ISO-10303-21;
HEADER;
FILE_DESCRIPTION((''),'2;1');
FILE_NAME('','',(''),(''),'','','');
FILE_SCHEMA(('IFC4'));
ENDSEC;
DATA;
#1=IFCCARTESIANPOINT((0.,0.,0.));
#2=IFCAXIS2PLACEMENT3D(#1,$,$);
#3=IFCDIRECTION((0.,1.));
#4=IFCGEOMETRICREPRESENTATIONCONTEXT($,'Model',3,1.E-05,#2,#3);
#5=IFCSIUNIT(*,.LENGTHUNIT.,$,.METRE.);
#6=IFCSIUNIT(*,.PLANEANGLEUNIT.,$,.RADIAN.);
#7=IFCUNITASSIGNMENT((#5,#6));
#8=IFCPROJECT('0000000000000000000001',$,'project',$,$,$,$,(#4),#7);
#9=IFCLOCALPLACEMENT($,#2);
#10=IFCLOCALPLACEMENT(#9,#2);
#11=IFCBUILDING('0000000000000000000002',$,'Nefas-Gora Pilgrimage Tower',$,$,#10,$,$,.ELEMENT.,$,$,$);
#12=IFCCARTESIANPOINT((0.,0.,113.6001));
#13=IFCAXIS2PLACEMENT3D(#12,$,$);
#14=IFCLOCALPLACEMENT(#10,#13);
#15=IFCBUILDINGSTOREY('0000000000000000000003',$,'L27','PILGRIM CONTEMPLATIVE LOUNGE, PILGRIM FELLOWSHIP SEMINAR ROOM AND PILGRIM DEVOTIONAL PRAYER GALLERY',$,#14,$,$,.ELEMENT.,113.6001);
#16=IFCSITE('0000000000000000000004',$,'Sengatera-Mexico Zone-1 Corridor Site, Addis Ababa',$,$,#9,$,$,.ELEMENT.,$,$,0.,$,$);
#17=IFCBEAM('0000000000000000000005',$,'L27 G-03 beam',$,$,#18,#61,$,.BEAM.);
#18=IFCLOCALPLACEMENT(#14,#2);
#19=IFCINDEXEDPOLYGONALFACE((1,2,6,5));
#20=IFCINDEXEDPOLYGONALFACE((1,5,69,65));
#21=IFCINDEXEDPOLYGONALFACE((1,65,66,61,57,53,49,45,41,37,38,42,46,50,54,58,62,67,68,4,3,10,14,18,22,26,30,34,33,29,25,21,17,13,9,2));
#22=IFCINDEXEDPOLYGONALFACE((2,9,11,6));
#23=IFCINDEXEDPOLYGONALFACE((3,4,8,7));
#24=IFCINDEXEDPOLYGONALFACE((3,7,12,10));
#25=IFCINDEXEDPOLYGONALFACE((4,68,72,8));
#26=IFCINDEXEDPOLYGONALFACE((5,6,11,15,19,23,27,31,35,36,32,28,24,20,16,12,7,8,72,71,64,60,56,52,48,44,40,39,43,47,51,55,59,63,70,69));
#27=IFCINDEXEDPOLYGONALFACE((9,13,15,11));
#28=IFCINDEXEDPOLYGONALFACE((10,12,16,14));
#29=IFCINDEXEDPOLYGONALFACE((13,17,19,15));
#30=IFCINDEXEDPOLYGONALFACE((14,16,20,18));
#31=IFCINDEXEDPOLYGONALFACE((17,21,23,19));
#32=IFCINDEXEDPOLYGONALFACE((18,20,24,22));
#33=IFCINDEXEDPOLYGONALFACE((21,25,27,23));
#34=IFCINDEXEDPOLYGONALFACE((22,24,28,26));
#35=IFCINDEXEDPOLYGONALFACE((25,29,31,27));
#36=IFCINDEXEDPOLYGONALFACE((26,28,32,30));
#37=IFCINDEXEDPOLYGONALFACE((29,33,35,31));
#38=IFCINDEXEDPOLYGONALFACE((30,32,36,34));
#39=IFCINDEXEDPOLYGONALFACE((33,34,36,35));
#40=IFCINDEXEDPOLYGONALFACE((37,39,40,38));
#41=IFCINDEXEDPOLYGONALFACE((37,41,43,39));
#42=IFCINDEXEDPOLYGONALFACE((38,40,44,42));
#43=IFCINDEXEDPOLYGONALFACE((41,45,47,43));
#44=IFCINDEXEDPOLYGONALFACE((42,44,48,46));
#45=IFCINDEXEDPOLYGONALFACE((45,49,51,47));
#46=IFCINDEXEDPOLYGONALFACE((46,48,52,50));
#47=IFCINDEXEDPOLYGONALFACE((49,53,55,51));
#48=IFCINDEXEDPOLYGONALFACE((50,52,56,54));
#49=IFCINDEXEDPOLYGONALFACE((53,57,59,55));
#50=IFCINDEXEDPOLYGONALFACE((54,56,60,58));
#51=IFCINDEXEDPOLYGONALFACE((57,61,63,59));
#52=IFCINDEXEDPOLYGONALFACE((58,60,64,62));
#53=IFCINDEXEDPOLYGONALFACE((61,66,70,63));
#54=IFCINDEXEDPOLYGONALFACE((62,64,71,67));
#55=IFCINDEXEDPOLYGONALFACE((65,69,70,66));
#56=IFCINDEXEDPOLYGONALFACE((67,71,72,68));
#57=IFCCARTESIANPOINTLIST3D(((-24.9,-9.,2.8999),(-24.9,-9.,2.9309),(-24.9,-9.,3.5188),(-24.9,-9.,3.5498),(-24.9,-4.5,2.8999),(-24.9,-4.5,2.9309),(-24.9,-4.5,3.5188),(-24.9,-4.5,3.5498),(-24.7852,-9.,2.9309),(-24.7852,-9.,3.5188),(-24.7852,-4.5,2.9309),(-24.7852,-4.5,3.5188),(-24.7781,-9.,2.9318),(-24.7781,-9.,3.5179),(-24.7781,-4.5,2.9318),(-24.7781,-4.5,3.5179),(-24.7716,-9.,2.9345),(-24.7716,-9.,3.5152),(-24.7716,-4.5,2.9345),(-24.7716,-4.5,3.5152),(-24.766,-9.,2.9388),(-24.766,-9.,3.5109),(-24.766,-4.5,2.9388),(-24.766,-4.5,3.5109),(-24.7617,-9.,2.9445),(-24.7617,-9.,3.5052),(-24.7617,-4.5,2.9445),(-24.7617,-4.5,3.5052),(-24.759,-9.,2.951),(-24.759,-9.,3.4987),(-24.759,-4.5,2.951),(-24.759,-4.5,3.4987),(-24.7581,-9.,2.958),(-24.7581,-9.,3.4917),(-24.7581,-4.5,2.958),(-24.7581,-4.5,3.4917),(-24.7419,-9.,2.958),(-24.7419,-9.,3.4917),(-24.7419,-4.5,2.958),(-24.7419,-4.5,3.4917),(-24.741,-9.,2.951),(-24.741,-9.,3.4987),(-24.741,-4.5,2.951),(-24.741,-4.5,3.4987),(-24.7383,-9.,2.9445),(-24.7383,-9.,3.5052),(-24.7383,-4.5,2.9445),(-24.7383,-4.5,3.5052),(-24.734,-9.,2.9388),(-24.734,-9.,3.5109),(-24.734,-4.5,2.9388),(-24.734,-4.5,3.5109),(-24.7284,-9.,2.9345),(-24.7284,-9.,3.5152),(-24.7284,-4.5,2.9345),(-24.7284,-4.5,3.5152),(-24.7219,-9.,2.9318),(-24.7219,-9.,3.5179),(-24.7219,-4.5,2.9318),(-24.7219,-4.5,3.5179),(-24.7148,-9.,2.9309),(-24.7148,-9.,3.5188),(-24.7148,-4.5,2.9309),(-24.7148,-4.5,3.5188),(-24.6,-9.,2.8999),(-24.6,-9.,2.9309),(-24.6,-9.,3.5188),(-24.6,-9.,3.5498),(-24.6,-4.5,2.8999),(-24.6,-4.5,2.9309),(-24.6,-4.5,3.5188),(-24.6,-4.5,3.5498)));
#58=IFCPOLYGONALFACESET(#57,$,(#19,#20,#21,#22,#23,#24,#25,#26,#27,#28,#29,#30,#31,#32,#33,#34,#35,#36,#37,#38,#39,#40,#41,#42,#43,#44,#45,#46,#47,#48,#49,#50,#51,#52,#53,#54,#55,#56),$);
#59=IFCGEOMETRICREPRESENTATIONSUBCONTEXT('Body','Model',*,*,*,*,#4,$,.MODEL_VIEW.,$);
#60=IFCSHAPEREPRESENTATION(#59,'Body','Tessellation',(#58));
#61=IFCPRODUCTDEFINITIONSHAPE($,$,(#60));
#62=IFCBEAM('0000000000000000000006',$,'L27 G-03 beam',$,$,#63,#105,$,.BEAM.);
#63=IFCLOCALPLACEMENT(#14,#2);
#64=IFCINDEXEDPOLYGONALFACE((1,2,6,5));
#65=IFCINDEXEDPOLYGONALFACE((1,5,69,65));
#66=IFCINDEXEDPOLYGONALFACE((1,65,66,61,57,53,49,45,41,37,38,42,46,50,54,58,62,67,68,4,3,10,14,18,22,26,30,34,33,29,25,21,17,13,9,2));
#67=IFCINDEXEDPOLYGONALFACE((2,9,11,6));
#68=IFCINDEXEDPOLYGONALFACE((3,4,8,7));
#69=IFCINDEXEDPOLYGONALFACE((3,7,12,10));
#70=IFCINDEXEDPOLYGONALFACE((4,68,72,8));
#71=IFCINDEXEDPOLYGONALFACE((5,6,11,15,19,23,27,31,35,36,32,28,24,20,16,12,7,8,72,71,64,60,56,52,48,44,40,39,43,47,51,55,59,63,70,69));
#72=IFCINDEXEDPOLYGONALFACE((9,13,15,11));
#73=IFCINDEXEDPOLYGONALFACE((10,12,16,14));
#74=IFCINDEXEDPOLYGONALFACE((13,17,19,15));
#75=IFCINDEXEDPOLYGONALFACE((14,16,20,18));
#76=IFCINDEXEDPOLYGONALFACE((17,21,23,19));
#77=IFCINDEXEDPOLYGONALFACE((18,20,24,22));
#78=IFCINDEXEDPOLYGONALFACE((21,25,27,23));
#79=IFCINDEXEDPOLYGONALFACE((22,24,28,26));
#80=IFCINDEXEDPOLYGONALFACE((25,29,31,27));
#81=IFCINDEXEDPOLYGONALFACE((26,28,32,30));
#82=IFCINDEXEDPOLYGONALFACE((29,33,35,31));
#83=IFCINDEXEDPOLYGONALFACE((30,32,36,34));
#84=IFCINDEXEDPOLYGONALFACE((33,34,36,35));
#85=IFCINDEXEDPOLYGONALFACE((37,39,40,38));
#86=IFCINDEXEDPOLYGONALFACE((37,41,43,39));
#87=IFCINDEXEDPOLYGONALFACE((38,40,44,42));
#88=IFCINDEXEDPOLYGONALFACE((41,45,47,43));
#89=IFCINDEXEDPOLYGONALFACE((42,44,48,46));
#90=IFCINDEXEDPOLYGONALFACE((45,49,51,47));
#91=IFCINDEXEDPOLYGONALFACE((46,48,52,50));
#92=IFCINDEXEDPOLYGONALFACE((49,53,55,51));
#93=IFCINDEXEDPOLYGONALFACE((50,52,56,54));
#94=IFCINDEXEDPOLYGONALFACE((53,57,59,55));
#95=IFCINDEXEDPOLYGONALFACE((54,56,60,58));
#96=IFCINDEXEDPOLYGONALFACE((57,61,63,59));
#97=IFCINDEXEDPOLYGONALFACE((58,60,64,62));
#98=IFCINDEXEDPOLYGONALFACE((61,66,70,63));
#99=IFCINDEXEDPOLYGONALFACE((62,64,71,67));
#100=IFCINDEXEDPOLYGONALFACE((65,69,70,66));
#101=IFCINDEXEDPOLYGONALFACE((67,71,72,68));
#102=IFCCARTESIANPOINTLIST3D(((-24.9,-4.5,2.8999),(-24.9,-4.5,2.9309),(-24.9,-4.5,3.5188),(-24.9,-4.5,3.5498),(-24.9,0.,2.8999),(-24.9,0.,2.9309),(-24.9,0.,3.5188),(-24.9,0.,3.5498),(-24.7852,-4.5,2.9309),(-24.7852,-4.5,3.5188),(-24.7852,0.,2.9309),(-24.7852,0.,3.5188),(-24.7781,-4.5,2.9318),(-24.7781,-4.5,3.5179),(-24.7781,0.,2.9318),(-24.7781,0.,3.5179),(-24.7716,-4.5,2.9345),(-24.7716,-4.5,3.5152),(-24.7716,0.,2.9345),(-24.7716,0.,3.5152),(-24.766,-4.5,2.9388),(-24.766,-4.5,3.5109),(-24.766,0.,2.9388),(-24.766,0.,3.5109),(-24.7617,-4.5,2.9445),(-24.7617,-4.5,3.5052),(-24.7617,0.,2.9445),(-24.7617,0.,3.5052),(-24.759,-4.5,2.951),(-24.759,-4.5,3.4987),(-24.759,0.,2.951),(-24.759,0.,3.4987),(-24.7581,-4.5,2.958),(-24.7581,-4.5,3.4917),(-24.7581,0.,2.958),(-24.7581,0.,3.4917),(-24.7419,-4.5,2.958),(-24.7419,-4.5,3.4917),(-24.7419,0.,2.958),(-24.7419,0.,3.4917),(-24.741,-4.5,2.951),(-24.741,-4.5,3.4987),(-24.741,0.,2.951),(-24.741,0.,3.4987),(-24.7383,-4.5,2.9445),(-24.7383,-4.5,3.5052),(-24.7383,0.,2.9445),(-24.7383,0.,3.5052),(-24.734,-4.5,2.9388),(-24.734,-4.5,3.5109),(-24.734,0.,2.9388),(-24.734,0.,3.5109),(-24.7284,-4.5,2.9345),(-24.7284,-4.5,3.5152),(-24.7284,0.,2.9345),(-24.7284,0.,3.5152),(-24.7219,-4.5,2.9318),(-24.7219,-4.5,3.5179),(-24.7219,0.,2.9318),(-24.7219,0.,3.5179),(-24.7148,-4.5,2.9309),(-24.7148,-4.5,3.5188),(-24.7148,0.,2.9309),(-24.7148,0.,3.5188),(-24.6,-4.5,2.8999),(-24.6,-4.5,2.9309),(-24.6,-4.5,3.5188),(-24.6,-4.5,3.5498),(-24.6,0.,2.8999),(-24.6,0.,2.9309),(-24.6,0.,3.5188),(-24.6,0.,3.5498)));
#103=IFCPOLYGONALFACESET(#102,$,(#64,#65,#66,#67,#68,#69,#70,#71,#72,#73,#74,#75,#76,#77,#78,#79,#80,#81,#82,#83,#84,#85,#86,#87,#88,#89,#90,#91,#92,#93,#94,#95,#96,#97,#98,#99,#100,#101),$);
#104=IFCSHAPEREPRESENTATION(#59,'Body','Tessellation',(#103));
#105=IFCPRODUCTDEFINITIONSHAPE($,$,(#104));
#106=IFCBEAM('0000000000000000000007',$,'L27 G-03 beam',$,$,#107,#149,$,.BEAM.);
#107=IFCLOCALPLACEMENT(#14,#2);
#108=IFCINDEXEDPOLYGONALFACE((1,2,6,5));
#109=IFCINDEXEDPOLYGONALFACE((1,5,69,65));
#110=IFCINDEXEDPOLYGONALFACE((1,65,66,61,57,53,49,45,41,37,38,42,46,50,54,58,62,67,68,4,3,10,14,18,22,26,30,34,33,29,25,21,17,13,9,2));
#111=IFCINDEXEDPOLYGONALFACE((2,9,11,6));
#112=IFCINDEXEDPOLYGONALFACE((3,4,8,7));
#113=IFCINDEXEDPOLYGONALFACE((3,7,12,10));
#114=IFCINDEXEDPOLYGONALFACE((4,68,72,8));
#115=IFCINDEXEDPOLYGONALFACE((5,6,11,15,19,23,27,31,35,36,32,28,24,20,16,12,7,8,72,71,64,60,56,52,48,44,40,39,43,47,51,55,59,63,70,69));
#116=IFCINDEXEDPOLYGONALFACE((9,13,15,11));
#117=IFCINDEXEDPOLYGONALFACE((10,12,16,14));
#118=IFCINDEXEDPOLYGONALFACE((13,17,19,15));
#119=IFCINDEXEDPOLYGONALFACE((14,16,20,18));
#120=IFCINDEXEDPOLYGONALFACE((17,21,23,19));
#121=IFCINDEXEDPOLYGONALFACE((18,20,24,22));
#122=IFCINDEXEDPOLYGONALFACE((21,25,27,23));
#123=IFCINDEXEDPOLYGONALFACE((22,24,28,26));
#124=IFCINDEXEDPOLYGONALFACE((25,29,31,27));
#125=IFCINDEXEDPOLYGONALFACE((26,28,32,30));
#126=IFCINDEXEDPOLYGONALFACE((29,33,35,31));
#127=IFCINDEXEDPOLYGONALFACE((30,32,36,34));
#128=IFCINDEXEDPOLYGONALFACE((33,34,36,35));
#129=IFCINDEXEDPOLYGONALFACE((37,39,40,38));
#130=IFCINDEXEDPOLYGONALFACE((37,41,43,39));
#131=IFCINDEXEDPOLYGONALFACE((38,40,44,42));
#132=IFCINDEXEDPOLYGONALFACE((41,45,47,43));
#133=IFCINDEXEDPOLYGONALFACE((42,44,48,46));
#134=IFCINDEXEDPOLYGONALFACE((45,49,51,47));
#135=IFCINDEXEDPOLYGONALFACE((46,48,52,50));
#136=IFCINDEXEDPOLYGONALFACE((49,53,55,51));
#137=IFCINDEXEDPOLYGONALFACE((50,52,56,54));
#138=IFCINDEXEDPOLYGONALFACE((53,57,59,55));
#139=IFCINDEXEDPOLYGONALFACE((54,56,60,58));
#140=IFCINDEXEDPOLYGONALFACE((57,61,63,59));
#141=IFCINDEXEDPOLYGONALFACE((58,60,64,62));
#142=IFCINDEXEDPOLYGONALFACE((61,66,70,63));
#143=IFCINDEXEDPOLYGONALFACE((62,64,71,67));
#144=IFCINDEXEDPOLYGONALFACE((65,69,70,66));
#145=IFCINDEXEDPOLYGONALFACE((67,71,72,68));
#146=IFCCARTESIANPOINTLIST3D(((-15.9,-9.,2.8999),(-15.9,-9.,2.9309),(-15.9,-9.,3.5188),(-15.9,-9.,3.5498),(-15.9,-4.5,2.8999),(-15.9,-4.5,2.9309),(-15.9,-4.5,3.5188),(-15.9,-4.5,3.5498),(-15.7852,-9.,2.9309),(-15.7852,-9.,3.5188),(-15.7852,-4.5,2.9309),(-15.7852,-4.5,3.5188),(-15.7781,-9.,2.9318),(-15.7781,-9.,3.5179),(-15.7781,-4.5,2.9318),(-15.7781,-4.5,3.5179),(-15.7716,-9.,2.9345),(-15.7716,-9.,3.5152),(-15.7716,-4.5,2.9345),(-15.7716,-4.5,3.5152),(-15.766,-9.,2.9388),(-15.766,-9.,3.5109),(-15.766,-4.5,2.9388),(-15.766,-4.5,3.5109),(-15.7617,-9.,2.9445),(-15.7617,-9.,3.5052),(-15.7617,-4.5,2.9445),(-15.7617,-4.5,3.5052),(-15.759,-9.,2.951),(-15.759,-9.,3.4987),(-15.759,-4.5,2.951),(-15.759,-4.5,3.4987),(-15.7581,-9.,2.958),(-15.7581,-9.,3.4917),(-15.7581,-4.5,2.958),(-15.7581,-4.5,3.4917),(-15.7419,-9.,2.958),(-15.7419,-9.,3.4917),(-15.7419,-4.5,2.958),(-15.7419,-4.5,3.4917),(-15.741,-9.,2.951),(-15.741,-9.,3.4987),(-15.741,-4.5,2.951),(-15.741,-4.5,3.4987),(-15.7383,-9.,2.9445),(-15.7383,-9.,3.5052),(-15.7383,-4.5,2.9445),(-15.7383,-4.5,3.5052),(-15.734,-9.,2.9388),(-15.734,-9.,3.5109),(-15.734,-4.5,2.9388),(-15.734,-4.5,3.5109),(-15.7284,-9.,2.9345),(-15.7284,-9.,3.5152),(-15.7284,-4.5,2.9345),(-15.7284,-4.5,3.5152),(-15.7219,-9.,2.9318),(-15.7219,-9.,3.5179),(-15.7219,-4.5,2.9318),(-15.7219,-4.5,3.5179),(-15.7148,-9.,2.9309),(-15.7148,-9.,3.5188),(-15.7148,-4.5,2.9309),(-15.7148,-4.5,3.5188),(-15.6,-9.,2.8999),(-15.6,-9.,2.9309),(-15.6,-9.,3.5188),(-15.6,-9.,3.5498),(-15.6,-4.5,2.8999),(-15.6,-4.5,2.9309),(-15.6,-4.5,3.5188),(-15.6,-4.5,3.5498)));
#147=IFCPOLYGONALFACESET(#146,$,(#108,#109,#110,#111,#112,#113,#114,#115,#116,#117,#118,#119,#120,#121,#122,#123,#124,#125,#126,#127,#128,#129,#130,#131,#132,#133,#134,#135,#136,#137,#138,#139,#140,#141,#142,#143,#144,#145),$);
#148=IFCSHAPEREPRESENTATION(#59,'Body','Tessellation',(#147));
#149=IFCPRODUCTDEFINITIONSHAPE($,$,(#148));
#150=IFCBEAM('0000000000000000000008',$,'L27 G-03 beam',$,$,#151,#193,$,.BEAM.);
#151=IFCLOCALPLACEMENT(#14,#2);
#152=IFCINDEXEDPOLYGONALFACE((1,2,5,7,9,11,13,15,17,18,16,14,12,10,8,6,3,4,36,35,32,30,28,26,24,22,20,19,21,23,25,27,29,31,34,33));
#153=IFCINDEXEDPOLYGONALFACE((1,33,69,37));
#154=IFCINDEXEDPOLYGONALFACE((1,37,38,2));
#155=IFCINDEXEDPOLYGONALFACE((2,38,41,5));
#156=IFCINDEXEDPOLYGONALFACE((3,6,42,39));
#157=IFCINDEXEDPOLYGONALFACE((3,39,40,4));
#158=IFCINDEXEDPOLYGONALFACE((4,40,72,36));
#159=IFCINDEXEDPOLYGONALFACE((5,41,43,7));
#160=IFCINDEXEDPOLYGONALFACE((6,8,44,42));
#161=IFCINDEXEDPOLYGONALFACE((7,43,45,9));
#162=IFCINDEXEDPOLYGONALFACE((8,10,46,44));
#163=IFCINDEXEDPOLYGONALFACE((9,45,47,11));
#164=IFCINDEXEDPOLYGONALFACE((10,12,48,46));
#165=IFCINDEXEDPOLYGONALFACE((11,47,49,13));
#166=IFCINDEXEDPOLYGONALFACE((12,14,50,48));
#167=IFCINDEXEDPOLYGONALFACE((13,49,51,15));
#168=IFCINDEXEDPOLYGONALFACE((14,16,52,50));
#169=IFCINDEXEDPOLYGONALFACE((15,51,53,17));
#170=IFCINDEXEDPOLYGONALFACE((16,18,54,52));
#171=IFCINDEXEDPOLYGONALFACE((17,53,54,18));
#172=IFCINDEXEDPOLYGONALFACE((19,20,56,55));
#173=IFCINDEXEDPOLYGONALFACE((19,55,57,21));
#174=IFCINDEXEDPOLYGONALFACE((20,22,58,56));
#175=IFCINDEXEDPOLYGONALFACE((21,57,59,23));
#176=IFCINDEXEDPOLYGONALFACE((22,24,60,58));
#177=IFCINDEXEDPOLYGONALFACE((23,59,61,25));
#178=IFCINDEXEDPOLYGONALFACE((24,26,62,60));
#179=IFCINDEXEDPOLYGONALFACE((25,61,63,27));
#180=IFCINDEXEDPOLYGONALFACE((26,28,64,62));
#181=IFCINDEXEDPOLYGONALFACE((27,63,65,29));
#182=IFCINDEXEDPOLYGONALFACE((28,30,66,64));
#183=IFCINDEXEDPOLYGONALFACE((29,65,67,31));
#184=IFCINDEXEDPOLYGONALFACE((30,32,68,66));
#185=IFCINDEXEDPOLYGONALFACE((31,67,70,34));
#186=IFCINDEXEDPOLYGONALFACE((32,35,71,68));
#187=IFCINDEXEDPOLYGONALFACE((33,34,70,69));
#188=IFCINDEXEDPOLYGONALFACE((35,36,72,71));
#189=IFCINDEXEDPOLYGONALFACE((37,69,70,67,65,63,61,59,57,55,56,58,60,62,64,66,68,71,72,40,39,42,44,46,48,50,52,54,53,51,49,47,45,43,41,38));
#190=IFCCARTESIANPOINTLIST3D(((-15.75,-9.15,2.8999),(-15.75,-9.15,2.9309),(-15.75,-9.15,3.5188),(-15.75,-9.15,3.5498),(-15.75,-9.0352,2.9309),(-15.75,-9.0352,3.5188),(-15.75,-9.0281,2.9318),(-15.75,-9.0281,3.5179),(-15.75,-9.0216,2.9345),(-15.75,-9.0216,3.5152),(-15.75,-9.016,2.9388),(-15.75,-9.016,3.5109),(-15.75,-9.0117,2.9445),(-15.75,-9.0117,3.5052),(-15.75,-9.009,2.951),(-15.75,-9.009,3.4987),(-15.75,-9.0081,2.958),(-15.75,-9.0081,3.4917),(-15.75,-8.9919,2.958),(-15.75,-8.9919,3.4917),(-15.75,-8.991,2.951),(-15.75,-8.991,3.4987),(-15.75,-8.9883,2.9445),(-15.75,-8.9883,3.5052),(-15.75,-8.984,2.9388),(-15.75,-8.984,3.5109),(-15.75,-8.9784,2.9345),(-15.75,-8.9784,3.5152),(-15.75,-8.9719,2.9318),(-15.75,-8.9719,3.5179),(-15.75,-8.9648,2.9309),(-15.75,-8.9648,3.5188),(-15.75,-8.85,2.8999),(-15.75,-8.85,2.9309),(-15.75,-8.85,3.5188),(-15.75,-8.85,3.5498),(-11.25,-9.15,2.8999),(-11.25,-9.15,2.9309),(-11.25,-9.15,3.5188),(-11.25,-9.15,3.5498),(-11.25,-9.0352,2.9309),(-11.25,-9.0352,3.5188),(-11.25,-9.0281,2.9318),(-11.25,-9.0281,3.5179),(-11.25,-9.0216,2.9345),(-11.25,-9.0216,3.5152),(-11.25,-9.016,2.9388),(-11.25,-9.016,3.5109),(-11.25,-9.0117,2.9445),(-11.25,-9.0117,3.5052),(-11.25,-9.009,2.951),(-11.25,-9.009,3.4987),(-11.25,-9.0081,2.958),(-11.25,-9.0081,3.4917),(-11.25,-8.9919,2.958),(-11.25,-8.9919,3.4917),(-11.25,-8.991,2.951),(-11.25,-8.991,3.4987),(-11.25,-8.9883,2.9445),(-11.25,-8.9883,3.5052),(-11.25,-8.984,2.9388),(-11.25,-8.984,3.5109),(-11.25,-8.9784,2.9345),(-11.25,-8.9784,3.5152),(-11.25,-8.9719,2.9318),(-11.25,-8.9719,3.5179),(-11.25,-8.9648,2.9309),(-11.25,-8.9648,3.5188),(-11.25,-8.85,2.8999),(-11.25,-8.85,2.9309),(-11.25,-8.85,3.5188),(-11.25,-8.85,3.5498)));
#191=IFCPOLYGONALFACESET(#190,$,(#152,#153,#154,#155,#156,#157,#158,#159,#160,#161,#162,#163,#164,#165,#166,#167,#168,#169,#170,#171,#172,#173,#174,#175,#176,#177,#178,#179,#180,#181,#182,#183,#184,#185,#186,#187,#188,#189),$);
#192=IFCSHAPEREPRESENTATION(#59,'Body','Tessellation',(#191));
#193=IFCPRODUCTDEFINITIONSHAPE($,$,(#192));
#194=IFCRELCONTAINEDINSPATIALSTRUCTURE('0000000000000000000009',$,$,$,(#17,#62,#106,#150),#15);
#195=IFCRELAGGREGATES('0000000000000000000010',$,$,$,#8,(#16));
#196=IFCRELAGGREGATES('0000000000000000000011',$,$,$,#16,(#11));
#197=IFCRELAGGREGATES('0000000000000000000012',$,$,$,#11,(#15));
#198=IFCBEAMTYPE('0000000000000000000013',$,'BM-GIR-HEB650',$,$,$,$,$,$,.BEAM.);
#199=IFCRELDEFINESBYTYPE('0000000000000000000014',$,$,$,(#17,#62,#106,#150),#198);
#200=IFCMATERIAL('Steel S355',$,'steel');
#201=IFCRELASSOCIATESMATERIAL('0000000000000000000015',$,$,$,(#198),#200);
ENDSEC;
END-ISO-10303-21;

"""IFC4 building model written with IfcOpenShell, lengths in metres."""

from ifc_helpers import new_model, si_unit, direction, frame, origin, origin_2d, place, context, subcontext, project, spatial, i_section, extrude, source, transform, mapped, material, material_profile, profile_set, type_object, element, save


model = new_model("IFC4")

# Units and contexts
model_context = context("Model", 3, precision=1e-05, world=origin(), true_north=direction((0.0, 1.0)))
body_context = subcontext(model_context, "Body", "Model", "MODEL_VIEW")
ifc_project = project(units=[si_unit("LENGTHUNIT", "METRE"), si_unit("PLANEANGLEUNIT", "RADIAN")], contexts=[model_context])

# Site, building, storey
site_placement = place(None, origin())
site = spatial("IfcSite", under=ifc_project, at=site_placement, Name="Sengatera-Mexico Zone-1 Corridor Site, Addis Ababa", CompositionType="ELEMENT", RefElevation=0.0)
building_placement = place(site_placement, origin())
building = spatial("IfcBuilding", under=site, at=building_placement, Name="Nefas-Gora Pilgrimage Tower", CompositionType="ELEMENT")
storey_placement = place(building_placement, frame((0.0, 0.0, 113.6001)))
storey = spatial("IfcBuildingStorey", under=building, at=storey_placement, Name="L27", Description="PILGRIM CONTEMPLATIVE LOUNGE, PILGRIM FELLOWSHIP SEMINAR ROOM AND PILGRIM DEVOTIONAL PRAYER GALLERY", CompositionType="ELEMENT", Elevation=113.6001)

# Beams
ifc_material_1 = material(Name="Steel S355", Category="steel")
ifc_material_profile_1 = material_profile(ifc_material_1, i_section(OverallWidth=0.3, OverallDepth=0.6499, WebThickness=0.0161, FlangeThickness=0.031, FilletRadius=0.0271, at=origin_2d()), Name="HEB 650")
ifc_profile_set_1 = profile_set([ifc_material_profile_1], Name="Steel S355")
beam_type_1 = type_object("IfcBeamType", Name="BM-GIR-HEB650", PredefinedType="BEAM", material=ifc_profile_set_1)
shared_shape_1 = source(origin(), body_context, "Body", "SweptSolid", [
    extrude(i_section(OverallWidth=0.3, OverallDepth=0.6499, WebThickness=0.0161, FlangeThickness=0.031, FilletRadius=0.0271, at=origin_2d()), origin(), (0.0, 0.0, 1.0), 4.5),
])
for number, where, z_axis, x_axis, name in (
    (1, (-24.75, -9.0, 3.2249), (0.0, 1.0, 0.0), (-1.0, 0.0, 0.0), "L27 G-03 beam"),
    (2, (-24.75, -4.5, 3.2249), (0.0, 1.0, 0.0), (-1.0, 0.0, 0.0), "L27 G-03 beam"),
    (3, (-15.75, -9.0, 3.2249), (0.0, 1.0, 0.0), (-1.0, 0.0, 0.0), "L27 G-03 beam"),
    (4, (-15.75, -9.0, 3.2249), (1.0, 0.0, 0.0), (0.0, 1.0, 0.0), "L27 G-03 beam"),
):
    element("IfcBeam", number, at=place(storey_placement, frame(where, z_axis=z_axis, x_axis=x_axis)), inside=storey, type_object=beam_type_1, Name=name, PredefinedType="BEAM", context=body_context, shape_type="MappedRepresentation", body=[
        mapped(shared_shape_1, transform((0.0, 0.0, 0.0), x_axis=(1.0, 0.0, 0.0), y_axis=(0.0, 1.0, 0.0), z_axis=(0.0, 0.0, 1.0), scale=1.0)),
    ])

save(model, "model.ifc")
